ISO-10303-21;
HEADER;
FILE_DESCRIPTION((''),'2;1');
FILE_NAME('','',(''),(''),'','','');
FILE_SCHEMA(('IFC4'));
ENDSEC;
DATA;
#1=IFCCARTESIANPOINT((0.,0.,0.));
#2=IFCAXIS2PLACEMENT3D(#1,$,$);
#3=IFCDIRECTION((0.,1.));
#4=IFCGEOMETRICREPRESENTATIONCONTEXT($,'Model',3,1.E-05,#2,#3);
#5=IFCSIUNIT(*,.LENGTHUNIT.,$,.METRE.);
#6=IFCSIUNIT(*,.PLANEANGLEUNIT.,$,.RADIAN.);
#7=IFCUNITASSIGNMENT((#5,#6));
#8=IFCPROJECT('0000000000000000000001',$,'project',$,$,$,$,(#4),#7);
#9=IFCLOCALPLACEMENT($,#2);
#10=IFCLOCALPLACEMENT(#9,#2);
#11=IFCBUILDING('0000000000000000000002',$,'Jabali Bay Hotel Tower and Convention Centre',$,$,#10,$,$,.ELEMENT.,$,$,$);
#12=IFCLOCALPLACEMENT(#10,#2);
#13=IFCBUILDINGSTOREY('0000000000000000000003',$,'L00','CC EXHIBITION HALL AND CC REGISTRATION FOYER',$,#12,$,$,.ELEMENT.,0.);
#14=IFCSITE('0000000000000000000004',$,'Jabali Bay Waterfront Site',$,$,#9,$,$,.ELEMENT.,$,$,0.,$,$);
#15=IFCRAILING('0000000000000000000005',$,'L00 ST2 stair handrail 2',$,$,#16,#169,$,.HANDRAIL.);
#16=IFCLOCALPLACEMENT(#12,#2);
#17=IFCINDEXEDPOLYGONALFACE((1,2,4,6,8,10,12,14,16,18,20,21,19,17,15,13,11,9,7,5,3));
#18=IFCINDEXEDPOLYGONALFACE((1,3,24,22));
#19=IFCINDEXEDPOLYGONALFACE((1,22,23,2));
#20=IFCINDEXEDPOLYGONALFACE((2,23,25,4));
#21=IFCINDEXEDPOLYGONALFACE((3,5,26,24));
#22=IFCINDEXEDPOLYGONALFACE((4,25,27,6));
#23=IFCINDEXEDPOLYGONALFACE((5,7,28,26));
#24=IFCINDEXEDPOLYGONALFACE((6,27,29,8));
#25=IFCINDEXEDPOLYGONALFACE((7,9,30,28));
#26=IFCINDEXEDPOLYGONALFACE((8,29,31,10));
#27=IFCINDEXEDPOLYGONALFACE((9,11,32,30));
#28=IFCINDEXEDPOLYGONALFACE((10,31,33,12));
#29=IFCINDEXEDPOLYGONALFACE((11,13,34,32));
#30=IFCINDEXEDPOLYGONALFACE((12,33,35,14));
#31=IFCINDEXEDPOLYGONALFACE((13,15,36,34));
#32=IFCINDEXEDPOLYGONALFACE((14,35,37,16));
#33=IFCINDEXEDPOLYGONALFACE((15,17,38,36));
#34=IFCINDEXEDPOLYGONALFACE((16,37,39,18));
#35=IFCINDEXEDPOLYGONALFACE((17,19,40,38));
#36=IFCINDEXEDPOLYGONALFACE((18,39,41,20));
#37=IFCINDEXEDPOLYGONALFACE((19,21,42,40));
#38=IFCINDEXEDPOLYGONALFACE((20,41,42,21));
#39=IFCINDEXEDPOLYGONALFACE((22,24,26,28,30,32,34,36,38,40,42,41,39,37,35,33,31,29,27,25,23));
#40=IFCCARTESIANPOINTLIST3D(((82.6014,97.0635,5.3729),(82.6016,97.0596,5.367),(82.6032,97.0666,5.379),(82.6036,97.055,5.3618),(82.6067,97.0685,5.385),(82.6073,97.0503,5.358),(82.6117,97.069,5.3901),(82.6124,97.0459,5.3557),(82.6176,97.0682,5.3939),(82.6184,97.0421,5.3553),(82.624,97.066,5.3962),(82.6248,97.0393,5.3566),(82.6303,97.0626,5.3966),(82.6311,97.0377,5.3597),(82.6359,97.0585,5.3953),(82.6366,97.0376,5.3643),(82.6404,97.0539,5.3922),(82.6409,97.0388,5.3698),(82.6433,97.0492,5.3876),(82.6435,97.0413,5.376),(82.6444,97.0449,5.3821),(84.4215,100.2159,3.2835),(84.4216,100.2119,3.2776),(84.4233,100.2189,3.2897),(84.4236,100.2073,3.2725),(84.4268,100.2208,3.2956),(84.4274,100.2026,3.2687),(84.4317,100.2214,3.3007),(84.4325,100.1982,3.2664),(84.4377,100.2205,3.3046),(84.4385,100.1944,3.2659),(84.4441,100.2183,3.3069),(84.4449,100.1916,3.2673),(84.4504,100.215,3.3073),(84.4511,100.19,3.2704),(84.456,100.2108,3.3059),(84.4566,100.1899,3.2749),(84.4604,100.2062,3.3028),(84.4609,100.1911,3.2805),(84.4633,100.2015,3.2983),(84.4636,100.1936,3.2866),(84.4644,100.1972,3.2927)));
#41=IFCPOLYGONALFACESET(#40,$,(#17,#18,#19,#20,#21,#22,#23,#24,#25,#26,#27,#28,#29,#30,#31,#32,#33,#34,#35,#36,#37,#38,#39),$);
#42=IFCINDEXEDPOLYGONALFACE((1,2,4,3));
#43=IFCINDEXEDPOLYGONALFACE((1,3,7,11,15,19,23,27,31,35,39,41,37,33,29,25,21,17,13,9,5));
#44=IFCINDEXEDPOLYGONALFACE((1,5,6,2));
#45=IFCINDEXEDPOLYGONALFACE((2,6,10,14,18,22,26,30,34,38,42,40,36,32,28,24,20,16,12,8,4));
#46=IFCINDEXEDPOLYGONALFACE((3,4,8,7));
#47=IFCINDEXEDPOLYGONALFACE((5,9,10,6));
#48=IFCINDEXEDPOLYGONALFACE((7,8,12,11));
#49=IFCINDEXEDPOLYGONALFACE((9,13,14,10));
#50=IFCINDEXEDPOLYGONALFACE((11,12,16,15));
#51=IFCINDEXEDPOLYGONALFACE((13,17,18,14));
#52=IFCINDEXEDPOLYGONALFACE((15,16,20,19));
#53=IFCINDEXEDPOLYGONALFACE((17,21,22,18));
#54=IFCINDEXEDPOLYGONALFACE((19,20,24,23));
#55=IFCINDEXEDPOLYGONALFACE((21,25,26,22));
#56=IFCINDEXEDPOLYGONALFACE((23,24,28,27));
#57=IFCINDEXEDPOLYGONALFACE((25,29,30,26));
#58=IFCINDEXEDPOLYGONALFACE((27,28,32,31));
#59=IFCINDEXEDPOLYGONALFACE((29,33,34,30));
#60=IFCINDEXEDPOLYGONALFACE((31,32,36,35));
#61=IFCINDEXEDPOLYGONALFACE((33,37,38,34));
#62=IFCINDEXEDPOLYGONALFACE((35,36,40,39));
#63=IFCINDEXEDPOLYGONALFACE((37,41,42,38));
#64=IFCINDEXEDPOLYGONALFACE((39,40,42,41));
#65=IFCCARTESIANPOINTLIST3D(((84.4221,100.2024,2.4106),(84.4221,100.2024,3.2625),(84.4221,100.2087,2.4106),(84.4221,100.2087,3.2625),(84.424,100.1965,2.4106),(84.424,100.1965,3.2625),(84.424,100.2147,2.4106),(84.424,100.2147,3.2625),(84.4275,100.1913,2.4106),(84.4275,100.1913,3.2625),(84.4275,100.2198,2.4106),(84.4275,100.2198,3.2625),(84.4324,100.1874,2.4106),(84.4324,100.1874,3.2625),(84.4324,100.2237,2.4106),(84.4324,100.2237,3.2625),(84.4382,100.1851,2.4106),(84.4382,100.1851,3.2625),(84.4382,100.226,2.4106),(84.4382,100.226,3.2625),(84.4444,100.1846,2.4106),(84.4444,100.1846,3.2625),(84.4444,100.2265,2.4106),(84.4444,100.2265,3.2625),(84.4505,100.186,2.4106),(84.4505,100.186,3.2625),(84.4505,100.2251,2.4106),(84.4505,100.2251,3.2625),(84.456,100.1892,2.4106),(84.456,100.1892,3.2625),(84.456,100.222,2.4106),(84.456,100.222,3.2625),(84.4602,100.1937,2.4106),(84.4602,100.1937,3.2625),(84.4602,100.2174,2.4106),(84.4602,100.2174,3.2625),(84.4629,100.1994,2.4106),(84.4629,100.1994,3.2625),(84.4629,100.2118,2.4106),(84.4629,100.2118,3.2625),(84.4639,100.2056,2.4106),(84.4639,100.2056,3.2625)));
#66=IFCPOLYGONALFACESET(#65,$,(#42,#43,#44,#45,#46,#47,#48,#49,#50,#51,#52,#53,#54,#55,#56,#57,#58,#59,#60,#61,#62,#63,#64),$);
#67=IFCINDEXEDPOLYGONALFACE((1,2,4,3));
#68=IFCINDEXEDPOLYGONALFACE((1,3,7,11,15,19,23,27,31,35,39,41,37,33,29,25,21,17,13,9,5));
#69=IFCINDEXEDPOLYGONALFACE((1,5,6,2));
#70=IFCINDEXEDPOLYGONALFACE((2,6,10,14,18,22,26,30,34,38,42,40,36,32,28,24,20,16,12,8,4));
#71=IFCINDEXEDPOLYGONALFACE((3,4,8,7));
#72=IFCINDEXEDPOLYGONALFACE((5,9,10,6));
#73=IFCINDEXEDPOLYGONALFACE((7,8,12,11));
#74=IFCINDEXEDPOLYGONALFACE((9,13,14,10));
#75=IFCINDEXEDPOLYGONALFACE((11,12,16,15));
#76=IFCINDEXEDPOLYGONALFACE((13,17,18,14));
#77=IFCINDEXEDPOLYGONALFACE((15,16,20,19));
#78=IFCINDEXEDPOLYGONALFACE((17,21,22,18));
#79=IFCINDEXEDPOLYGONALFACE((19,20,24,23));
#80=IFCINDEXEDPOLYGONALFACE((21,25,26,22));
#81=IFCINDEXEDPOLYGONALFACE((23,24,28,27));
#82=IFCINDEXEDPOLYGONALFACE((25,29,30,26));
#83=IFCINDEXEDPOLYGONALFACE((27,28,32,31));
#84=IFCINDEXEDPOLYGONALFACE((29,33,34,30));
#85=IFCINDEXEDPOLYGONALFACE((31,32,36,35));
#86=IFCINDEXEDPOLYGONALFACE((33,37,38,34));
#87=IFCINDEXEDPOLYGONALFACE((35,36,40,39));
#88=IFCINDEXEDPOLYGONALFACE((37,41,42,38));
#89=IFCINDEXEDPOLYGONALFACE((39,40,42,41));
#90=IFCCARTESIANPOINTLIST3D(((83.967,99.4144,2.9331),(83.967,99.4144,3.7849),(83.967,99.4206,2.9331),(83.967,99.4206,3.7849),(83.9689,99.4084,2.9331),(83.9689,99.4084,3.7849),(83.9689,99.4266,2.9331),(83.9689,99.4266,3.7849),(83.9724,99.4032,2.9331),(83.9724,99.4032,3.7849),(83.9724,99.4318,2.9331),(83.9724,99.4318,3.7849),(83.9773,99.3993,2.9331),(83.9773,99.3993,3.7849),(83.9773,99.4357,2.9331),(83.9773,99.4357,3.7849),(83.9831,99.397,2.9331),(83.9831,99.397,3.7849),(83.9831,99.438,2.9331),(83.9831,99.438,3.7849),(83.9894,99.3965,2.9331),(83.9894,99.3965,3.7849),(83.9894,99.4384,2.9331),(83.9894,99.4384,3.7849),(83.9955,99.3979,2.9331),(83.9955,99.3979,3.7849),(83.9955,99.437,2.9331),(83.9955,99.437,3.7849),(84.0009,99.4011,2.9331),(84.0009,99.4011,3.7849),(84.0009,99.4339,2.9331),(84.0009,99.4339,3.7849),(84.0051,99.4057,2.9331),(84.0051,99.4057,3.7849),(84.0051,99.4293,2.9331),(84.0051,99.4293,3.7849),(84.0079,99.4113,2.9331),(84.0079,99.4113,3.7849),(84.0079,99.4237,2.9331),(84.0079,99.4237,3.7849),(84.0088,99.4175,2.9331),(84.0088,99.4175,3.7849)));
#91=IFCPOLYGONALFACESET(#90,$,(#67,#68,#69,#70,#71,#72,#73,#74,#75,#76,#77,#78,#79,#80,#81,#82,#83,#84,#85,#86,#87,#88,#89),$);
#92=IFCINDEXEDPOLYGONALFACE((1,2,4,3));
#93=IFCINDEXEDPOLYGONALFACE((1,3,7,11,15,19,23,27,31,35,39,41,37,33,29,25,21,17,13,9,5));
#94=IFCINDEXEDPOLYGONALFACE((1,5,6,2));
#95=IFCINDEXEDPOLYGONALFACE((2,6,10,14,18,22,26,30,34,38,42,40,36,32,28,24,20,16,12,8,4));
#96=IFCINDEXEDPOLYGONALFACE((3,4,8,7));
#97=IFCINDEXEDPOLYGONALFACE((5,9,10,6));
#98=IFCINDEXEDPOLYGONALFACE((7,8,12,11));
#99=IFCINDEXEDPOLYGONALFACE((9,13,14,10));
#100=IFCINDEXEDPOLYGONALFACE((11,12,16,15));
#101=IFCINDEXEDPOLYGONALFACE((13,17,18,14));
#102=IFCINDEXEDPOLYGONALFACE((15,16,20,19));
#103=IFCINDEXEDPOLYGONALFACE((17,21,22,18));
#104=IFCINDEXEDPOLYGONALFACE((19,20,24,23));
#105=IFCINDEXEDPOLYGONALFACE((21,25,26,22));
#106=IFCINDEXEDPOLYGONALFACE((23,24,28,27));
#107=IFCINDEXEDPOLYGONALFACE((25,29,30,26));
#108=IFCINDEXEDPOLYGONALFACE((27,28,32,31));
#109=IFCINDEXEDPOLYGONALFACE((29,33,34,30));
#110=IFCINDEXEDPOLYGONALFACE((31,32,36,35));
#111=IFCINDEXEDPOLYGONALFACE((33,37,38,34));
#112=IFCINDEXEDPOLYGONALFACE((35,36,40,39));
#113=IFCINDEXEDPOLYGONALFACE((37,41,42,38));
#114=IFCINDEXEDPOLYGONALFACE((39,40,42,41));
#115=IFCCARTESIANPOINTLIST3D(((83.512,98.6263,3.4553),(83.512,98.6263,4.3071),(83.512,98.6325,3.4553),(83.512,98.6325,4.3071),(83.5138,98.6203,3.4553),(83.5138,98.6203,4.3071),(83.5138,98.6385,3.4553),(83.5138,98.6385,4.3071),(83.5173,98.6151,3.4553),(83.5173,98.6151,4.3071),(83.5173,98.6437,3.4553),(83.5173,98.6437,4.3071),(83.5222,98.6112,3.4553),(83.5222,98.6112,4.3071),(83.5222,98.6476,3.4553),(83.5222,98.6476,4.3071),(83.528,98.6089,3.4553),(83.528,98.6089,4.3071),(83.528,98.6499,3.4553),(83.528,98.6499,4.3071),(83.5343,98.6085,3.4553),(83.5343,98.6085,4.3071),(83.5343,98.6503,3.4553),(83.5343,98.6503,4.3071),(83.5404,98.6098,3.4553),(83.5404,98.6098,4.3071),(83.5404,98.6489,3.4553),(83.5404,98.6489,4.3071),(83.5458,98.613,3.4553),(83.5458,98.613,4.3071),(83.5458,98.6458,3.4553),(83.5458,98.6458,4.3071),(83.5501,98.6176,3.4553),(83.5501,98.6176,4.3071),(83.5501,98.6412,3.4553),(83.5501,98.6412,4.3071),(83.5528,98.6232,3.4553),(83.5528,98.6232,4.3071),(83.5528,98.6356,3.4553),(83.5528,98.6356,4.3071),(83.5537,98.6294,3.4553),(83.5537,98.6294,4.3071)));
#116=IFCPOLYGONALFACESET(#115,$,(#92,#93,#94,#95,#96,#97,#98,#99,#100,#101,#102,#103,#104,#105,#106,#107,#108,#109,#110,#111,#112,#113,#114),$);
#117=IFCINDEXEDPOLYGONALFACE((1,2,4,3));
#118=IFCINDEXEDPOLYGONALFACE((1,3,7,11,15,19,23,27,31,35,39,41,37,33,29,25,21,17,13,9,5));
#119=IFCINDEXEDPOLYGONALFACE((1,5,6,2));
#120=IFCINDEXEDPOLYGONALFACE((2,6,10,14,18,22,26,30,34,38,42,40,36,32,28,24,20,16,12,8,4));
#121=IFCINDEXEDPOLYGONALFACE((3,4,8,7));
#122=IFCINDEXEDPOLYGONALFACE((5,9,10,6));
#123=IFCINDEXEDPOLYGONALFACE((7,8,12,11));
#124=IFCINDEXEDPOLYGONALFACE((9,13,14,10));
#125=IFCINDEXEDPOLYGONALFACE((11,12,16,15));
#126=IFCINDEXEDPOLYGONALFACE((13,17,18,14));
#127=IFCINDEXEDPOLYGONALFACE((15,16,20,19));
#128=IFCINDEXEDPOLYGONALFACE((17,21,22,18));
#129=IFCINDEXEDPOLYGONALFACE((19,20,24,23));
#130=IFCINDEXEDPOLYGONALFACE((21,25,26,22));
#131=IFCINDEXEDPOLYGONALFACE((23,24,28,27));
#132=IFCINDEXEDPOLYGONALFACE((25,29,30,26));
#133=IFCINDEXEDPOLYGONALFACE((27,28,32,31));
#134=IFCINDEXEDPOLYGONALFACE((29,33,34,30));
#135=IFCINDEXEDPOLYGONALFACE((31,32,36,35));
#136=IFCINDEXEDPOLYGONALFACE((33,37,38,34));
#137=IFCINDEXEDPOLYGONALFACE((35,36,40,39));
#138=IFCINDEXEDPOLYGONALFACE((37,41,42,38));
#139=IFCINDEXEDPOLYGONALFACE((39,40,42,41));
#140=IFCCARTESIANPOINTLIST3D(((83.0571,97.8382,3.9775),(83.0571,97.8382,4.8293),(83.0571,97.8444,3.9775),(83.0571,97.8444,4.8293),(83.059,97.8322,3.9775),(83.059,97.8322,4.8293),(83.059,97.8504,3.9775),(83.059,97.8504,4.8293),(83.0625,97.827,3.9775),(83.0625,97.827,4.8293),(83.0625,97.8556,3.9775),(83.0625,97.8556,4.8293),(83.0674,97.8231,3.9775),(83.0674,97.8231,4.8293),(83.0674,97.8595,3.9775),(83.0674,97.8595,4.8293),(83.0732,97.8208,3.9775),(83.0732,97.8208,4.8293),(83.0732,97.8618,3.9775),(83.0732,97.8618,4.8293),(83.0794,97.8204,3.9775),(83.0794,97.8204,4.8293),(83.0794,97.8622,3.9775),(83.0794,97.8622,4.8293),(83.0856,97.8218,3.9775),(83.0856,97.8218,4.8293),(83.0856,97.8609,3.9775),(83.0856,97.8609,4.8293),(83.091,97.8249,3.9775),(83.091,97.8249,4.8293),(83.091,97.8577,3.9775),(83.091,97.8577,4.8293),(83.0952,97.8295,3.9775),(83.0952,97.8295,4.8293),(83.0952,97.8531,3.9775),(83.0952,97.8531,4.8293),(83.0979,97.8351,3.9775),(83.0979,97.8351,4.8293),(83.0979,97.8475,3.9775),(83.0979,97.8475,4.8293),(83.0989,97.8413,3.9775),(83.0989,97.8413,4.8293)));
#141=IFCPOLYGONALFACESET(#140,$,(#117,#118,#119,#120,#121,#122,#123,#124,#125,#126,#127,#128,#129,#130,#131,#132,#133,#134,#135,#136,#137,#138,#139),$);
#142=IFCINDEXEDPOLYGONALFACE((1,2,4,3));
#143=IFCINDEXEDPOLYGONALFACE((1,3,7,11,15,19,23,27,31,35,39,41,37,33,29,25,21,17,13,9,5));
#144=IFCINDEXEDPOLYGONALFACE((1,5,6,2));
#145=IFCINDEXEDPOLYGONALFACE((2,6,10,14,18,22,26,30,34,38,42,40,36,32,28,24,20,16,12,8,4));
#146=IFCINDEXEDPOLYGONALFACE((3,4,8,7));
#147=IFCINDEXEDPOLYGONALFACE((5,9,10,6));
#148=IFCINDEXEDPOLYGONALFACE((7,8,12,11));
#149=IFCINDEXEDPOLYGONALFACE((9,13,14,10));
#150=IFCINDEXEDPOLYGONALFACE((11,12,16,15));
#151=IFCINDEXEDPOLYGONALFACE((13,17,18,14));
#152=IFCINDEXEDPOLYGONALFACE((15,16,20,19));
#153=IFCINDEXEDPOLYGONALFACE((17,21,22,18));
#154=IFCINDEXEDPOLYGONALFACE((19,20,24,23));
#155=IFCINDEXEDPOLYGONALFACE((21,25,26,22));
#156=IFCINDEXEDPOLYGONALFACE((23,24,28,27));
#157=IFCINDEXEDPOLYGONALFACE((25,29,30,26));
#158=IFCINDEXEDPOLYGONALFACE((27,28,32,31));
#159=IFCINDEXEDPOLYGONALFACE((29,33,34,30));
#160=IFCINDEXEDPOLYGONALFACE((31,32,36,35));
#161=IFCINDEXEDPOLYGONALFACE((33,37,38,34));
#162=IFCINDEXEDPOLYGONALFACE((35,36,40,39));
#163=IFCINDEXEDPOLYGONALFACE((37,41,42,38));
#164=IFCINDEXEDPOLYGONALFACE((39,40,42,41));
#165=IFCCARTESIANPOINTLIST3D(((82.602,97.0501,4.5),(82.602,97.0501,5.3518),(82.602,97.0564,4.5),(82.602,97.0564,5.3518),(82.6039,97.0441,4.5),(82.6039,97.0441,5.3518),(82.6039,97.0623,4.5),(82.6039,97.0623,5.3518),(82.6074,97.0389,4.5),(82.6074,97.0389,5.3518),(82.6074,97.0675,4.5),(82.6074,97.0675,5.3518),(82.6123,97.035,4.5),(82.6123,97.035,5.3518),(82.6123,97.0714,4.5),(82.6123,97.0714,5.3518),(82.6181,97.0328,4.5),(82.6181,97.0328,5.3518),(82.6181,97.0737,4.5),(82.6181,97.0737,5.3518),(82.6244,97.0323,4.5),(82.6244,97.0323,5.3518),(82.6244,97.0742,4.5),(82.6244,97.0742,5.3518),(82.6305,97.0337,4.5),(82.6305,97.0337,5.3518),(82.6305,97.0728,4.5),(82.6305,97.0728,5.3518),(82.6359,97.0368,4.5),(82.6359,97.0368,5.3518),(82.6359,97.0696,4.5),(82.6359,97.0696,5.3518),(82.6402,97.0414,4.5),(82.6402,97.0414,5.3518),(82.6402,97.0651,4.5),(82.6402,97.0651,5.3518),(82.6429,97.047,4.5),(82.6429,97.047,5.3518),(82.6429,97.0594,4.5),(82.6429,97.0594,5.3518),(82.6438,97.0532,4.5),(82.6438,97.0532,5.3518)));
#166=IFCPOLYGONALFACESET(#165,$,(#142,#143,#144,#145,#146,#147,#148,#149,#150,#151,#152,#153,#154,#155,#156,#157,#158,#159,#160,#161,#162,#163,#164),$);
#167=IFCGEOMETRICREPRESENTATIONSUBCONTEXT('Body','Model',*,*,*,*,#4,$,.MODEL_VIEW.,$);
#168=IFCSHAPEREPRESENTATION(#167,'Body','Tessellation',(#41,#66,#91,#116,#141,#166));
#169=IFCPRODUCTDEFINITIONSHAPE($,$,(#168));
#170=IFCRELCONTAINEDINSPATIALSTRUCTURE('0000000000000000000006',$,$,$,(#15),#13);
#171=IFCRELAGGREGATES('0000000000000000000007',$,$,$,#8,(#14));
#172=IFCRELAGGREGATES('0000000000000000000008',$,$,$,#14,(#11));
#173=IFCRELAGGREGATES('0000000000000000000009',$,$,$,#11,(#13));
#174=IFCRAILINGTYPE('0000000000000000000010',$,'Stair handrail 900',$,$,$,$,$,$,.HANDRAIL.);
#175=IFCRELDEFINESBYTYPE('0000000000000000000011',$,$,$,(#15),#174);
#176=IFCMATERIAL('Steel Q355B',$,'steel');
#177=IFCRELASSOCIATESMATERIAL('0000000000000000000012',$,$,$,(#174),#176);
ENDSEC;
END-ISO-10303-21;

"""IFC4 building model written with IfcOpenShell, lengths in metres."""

from ifc_helpers import new_model, si_unit, direction, frame, origin, origin_2d, place, context, subcontext, project, spatial, circle, extrude, material, type_object, element, save


model = new_model("IFC4")

# Units and contexts
model_context = context("Model", 3, precision=1e-05, world=origin(), true_north=direction((0.0, 1.0)))
body_context = subcontext(model_context, "Body", "Model", "MODEL_VIEW")
ifc_project = project(units=[si_unit("LENGTHUNIT", "METRE"), si_unit("PLANEANGLEUNIT", "RADIAN")], contexts=[model_context])

# Site, building, storey
site_placement = place(None, origin())
site = spatial("IfcSite", under=ifc_project, at=site_placement, Name="Jabali Bay Waterfront Site", CompositionType="ELEMENT", RefElevation=0.0)
building_placement = place(site_placement, origin())
building = spatial("IfcBuilding", under=site, at=building_placement, Name="Jabali Bay Hotel Tower and Convention Centre", CompositionType="ELEMENT")
storey_placement = place(building_placement, origin())
storey = spatial("IfcBuildingStorey", under=building, at=storey_placement, Name="L00", Description="CC EXHIBITION HALL AND CC REGISTRATION FOYER", CompositionType="ELEMENT", Elevation=0.0)

# Railing
ifc_material_1 = material(Name="Steel Q355B", Category="steel")
railing_type_1 = type_object("IfcRailingType", Name="Stair handrail 900", PredefinedType="HANDRAIL", material=ifc_material_1)
railing_1_placement = place(storey_placement, frame((84.4429, 100.2056, 2.4106)))
element("IfcRailing", 1, at=railing_1_placement, inside=storey, type_object=railing_type_1, Name="L00 ST2 stair handrail 2", PredefinedType="HANDRAIL", context=body_context, shape_type="SweptSolid", body=[
    extrude(circle(Radius=0.0239, at=origin_2d()), frame((0.0, 0.0, 0.876), z_axis=(-0.433653, -0.751084, 0.497814), x_axis=(0.866018, -0.500013, 0.0)), (0.0, 0.0, 1.0), 4.197),
    extrude(circle(Radius=0.021, at=origin_2d()), origin(), (0.0, 0.0, 1.0), 0.8518),
    extrude(circle(Radius=0.021, at=origin_2d()), frame((-0.4551, -0.7881, 0.5225)), (0.0, 0.0, 1.0), 0.8518),
    extrude(circle(Radius=0.021, at=origin_2d()), frame((-0.9102, -1.5762, 1.0447)), (0.0, 0.0, 1.0), 0.8518),
    extrude(circle(Radius=0.021, at=origin_2d()), frame((-1.365, -2.3643, 1.5669)), (0.0, 0.0, 1.0), 0.8518),
    extrude(circle(Radius=0.021, at=origin_2d()), frame((-1.8201, -3.1523, 2.0894)), (0.0, 0.0, 1.0), 0.8518),
])

save(model, "model.ifc")
